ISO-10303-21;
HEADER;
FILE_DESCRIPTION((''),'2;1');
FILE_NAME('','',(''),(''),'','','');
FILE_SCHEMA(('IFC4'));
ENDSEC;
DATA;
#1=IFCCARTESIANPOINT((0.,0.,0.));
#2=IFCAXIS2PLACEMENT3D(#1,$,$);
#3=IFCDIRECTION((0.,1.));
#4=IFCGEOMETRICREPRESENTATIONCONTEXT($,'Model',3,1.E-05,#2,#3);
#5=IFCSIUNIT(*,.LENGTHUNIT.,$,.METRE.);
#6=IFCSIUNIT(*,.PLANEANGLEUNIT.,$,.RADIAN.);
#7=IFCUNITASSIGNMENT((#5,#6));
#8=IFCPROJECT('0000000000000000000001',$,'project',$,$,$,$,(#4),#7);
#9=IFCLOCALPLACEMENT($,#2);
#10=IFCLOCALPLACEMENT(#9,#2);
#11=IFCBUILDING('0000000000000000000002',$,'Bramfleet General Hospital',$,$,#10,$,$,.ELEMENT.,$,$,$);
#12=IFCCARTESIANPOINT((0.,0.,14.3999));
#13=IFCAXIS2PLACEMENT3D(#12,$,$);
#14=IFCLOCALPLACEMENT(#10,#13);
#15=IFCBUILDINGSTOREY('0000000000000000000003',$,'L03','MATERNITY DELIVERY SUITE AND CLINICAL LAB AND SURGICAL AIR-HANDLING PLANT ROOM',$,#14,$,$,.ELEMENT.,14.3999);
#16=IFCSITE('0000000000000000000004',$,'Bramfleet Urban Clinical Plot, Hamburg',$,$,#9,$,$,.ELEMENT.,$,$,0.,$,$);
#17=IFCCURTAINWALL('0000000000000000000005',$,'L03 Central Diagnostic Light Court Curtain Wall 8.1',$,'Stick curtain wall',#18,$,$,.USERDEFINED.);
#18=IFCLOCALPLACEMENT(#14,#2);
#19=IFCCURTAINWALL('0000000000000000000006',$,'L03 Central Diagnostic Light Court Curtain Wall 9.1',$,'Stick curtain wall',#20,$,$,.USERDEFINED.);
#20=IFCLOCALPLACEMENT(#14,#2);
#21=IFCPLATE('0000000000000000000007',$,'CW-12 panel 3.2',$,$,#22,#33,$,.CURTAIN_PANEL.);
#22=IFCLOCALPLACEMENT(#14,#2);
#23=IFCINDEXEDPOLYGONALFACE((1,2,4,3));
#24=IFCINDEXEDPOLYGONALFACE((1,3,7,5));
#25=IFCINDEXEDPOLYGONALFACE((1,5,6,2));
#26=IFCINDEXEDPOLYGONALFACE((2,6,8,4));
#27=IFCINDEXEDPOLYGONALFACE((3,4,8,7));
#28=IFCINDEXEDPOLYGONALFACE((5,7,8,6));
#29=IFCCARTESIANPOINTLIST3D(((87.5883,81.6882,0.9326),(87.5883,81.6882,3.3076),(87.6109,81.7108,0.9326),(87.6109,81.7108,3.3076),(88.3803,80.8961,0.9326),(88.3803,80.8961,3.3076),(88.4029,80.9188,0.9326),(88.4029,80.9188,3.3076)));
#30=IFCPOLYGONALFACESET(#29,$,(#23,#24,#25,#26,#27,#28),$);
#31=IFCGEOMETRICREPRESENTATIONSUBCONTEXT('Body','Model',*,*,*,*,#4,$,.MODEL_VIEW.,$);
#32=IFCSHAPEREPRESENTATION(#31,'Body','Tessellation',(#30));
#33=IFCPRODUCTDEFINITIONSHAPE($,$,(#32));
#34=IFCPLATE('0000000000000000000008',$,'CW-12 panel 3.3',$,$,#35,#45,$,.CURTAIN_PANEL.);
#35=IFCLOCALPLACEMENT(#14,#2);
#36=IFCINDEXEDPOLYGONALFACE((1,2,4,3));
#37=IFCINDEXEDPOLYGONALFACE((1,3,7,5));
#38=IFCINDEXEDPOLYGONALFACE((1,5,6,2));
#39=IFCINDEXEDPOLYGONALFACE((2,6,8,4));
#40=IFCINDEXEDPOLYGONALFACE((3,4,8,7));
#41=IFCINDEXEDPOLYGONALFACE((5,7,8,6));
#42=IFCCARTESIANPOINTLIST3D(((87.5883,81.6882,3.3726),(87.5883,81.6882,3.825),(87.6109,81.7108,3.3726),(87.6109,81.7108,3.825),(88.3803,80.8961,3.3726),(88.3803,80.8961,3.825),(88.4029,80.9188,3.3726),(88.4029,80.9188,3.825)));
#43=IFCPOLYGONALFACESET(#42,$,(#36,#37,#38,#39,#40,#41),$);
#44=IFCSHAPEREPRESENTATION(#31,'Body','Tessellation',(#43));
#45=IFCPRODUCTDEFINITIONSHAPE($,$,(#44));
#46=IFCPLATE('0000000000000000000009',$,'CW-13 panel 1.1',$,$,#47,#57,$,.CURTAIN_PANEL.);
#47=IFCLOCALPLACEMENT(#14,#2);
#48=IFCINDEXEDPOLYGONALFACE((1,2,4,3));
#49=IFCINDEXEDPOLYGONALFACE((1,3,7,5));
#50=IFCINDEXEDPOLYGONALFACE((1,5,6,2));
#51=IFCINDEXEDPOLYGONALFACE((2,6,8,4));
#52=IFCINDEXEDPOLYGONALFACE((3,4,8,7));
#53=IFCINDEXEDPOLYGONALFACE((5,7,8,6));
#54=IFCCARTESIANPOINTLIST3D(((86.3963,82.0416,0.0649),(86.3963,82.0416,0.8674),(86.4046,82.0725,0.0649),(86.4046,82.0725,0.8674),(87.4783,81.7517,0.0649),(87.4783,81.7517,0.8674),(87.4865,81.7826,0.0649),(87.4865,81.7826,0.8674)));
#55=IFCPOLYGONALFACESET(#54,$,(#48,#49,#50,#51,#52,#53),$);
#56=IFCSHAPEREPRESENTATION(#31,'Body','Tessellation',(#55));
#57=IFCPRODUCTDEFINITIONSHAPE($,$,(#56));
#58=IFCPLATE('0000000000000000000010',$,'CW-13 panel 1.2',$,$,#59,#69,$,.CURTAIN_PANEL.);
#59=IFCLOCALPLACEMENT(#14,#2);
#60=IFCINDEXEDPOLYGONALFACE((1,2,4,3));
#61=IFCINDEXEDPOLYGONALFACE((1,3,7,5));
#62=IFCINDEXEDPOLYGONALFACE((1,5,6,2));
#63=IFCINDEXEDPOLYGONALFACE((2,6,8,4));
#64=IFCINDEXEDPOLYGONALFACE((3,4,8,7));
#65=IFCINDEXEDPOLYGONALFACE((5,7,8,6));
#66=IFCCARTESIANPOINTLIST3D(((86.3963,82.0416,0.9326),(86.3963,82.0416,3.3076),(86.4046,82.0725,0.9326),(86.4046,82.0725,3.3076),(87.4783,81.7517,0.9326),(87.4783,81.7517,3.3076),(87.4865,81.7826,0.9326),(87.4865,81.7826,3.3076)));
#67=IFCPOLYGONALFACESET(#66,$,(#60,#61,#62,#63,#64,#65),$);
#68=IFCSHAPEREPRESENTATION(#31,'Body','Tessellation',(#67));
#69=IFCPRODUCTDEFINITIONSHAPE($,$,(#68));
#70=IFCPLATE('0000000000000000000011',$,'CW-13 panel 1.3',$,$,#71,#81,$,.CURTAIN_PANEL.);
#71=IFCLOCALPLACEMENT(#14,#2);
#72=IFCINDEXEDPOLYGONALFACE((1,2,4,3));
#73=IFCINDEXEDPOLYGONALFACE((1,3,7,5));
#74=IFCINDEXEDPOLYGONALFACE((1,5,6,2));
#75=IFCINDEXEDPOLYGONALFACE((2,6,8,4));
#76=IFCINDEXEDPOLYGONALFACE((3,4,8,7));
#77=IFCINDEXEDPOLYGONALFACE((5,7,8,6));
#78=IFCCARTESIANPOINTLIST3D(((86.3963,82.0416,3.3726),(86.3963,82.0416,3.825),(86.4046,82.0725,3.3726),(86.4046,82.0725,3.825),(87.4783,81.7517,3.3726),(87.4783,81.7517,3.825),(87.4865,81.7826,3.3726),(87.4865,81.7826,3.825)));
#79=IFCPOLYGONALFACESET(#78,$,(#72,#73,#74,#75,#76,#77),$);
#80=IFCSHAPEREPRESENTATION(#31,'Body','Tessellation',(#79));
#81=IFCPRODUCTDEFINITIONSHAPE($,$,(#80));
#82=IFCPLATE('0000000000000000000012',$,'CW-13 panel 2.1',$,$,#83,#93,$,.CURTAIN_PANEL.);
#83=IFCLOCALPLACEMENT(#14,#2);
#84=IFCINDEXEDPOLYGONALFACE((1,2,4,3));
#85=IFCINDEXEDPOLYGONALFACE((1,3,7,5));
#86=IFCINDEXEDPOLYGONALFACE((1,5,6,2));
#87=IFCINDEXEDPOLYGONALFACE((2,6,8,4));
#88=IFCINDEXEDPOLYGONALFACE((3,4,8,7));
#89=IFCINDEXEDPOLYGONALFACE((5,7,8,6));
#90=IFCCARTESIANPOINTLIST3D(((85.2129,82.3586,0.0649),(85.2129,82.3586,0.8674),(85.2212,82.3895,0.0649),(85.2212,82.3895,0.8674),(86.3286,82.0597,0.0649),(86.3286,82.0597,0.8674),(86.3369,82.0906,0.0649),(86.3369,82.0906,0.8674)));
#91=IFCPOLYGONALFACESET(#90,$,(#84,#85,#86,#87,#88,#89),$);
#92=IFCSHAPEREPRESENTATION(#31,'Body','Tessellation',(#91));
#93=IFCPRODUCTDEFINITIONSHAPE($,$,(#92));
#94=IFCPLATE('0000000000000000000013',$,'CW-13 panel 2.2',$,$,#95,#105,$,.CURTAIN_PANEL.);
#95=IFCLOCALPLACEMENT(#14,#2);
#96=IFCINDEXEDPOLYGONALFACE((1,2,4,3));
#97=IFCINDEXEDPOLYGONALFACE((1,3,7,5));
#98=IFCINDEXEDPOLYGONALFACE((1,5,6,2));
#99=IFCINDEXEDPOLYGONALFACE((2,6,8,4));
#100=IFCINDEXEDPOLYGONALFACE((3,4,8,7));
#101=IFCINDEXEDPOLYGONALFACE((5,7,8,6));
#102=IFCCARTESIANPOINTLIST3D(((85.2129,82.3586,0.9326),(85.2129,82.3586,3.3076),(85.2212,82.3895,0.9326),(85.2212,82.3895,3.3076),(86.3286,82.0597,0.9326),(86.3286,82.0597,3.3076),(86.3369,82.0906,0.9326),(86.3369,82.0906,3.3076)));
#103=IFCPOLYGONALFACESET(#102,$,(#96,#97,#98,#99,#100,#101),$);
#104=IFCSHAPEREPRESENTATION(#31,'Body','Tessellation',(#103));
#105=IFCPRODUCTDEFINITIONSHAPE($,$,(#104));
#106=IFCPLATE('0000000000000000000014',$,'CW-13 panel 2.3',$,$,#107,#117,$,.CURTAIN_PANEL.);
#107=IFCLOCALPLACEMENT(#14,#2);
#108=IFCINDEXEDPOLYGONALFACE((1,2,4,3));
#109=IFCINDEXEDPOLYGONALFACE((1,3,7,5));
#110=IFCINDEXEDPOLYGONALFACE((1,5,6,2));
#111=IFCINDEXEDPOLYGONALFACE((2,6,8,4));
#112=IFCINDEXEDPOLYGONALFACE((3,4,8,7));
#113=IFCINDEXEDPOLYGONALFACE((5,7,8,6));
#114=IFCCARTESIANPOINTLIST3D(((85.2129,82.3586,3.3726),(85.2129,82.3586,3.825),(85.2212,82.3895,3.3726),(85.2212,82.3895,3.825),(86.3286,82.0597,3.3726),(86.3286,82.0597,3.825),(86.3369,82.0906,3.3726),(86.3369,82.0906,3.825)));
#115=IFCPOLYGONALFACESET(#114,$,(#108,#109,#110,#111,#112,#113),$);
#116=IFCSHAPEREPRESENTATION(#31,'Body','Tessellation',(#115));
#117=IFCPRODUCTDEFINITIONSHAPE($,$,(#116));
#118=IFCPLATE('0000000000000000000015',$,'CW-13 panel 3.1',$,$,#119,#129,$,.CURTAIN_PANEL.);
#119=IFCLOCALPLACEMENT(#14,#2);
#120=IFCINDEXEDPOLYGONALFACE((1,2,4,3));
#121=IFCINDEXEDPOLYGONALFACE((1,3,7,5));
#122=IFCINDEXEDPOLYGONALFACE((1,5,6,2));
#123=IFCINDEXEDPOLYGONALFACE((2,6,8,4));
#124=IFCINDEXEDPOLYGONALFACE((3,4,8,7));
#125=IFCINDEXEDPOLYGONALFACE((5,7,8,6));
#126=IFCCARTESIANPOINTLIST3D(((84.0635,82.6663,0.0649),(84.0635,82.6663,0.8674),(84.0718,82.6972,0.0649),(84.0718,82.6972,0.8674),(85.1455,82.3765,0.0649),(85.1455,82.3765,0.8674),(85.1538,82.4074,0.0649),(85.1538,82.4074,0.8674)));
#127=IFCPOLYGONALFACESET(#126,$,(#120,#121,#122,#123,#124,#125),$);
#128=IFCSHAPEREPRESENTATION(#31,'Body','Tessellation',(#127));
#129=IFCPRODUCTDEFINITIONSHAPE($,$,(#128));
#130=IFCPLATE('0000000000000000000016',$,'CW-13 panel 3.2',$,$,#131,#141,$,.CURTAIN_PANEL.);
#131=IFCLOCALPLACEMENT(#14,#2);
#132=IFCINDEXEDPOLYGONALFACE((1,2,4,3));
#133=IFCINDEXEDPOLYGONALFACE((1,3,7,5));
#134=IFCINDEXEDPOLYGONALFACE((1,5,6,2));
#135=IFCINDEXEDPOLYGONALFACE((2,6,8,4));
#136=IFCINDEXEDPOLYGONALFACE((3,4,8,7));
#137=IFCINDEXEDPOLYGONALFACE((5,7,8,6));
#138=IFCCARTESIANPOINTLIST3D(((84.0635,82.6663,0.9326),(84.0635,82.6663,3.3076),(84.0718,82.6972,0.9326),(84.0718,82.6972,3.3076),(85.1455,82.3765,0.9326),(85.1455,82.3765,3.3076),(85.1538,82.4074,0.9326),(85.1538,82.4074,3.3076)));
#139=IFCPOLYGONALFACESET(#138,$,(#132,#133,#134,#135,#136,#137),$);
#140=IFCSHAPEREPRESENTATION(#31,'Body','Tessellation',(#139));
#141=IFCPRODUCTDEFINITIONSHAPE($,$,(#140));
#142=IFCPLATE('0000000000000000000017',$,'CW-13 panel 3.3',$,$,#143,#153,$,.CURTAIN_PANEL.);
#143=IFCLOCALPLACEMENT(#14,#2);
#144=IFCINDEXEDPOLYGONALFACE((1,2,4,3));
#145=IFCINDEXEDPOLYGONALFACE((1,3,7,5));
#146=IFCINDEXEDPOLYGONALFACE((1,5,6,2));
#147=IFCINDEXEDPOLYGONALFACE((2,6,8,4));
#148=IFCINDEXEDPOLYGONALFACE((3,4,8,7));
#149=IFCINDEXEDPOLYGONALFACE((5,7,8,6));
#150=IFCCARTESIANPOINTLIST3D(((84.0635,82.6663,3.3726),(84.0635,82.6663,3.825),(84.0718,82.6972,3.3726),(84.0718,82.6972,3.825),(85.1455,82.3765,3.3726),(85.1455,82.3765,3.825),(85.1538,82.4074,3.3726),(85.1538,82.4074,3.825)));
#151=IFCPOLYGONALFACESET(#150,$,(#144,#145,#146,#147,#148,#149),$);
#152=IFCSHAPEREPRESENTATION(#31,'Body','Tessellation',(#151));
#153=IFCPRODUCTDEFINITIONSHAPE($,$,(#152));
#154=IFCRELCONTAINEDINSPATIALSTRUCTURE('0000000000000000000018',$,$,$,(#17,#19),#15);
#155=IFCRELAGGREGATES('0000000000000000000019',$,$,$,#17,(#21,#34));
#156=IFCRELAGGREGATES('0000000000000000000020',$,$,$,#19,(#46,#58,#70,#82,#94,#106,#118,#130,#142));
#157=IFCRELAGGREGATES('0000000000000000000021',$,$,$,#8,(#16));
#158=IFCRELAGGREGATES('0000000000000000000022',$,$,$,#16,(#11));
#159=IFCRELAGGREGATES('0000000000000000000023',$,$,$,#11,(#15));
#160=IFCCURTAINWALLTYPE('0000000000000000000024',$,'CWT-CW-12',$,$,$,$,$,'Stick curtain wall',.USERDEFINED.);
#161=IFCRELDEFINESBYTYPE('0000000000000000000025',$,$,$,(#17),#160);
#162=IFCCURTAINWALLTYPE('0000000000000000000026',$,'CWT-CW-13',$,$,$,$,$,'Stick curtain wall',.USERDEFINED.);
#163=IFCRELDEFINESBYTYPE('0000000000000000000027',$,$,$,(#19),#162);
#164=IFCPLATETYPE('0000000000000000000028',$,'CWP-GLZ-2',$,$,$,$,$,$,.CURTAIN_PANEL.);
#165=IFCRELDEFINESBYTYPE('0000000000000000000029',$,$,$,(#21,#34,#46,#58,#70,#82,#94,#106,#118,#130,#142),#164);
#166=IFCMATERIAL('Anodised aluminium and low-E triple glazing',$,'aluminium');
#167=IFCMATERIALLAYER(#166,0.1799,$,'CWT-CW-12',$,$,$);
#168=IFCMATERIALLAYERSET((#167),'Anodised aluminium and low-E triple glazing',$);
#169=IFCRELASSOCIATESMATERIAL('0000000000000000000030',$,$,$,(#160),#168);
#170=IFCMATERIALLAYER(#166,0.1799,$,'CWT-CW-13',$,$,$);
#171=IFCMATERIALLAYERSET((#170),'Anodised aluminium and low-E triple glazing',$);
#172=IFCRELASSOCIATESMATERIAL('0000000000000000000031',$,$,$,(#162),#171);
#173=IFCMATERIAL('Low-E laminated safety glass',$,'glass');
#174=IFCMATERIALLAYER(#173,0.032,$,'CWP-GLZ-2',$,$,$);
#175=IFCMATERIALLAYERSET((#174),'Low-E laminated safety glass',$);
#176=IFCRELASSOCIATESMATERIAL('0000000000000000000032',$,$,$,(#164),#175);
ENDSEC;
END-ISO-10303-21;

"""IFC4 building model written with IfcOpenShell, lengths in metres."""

from ifc_helpers import new_model, si_unit, direction, frame, origin, origin_2d, place, context, subcontext, project, spatial, rectangle, extrude, material, layer, layer_set, type_object, element, aggregate, save


model = new_model("IFC4")

# Units and contexts
model_context = context("Model", 3, precision=1e-05, world=origin(), true_north=direction((0.0, 1.0)))
body_context = subcontext(model_context, "Body", "Model", "MODEL_VIEW")
ifc_project = project(units=[si_unit("LENGTHUNIT", "METRE"), si_unit("PLANEANGLEUNIT", "RADIAN")], contexts=[model_context])

# Site, building, storey
site_placement = place(None, origin())
site = spatial("IfcSite", under=ifc_project, at=site_placement, Name="Bramfleet Urban Clinical Plot, Hamburg", CompositionType="ELEMENT", RefElevation=0.0)
building_placement = place(site_placement, origin())
building = spatial("IfcBuilding", under=site, at=building_placement, Name="Bramfleet General Hospital", CompositionType="ELEMENT")
storey_placement = place(building_placement, frame((0.0, 0.0, 14.3999)))
storey = spatial("IfcBuildingStorey", under=building, at=storey_placement, Name="L03", Description="MATERNITY DELIVERY SUITE AND CLINICAL LAB AND SURGICAL AIR-HANDLING PLANT ROOM", CompositionType="ELEMENT", Elevation=14.3999)

# Curtain wall
ifc_material_1 = material(Name="Anodised aluminium and low-E triple glazing", Category="aluminium")
ifc_layer_1 = layer(ifc_material_1, 0.1799, Name="CWT-CW-12")
ifc_layer_set_1 = layer_set([ifc_layer_1], Name="Anodised aluminium and low-E triple glazing")
curtain_wall_type_1 = type_object("IfcCurtainWallType", Name="CWT-CW-12", ElementType="Stick curtain wall", PredefinedType="USERDEFINED", material=ifc_layer_set_1)
curtain_wall_1_placement = place(storey_placement, origin())
curtain_wall_1 = element("IfcCurtainWall", 1, at=curtain_wall_1_placement, inside=storey, type_object=curtain_wall_type_1, Name="L03 Central Diagnostic Light Court Curtain Wall 8.1", ObjectType="Stick curtain wall", PredefinedType="USERDEFINED")

# Curtain wall
ifc_layer_2 = layer(ifc_material_1, 0.1799, Name="CWT-CW-13")
ifc_layer_set_2 = layer_set([ifc_layer_2], Name="Anodised aluminium and low-E triple glazing")
curtain_wall_type_2 = type_object("IfcCurtainWallType", Name="CWT-CW-13", ElementType="Stick curtain wall", PredefinedType="USERDEFINED", material=ifc_layer_set_2)
curtain_wall_2_placement = place(storey_placement, origin())
curtain_wall_2 = element("IfcCurtainWall", 2, at=curtain_wall_2_placement, inside=storey, type_object=curtain_wall_type_2, Name="L03 Central Diagnostic Light Court Curtain Wall 9.1", ObjectType="Stick curtain wall", PredefinedType="USERDEFINED")

# Plates
ifc_material_2 = material(Name="Low-E laminated safety glass", Category="glass")
ifc_layer_3 = layer(ifc_material_2, 0.032, Name="CWP-GLZ-2")
ifc_layer_set_3 = layer_set([ifc_layer_3], Name="Low-E laminated safety glass")
plate_type = type_object("IfcPlateType", Name="CWP-GLZ-2", PredefinedType="CURTAIN_PANEL", material=ifc_layer_set_3)
plate_1_placement = place(storey_placement, frame((87.9956, 81.3035, 0.9326), z_axis=(0.0, 0.0, 1.0), x_axis=(-0.707107, 0.707107, 0.0)))
plate_1 = element("IfcPlate", 3, at=plate_1_placement, type_object=plate_type, Name="CW-12 panel 3.2", PredefinedType="CURTAIN_PANEL", context=body_context, shape_type="SweptSolid", body=[
    extrude(rectangle(XDim=1.1201, YDim=0.032, at=origin_2d()), origin(), (0.0, 0.0, 1.0), 2.375),
])
plate_2_placement = place(storey_placement, frame((87.9956, 81.3035, 3.3726), z_axis=(0.0, 0.0, 1.0), x_axis=(-0.707107, 0.707107, 0.0)))
plate_2 = element("IfcPlate", 4, at=plate_2_placement, type_object=plate_type, Name="CW-12 panel 3.3", PredefinedType="CURTAIN_PANEL", context=body_context, shape_type="SweptSolid", body=[
    extrude(rectangle(XDim=1.1201, YDim=0.032, at=origin_2d()), origin(), (0.0, 0.0, 1.0), 0.4524),
])
aggregate(curtain_wall_1, [plate_1, plate_2])
plate_3_placement = place(storey_placement, frame((86.9414, 81.9121, 0.0649), z_axis=(0.0, 0.0, 1.0), x_axis=(-0.965941, 0.258763, 0.0)))
plate_3 = element("IfcPlate", 5, at=plate_3_placement, type_object=plate_type, Name="CW-13 panel 1.1", PredefinedType="CURTAIN_PANEL", context=body_context, shape_type="SweptSolid", body=[
    extrude(rectangle(XDim=1.1201, YDim=0.032, at=origin_2d()), origin(), (0.0, 0.0, 1.0), 0.8025),
])
plate_4_placement = place(storey_placement, frame((86.9414, 81.9121, 0.9326), z_axis=(0.0, 0.0, 1.0), x_axis=(-0.965941, 0.258763, 0.0)))
plate_4 = element("IfcPlate", 6, at=plate_4_placement, type_object=plate_type, Name="CW-13 panel 1.2", PredefinedType="CURTAIN_PANEL", context=body_context, shape_type="SweptSolid", body=[
    extrude(rectangle(XDim=1.1201, YDim=0.032, at=origin_2d()), origin(), (0.0, 0.0, 1.0), 2.375),
])
plate_5_placement = place(storey_placement, frame((86.9414, 81.9121, 3.3726), z_axis=(0.0, 0.0, 1.0), x_axis=(-0.965941, 0.258763, 0.0)))
plate_5 = element("IfcPlate", 7, at=plate_5_placement, type_object=plate_type, Name="CW-13 panel 1.3", PredefinedType="CURTAIN_PANEL", context=body_context, shape_type="SweptSolid", body=[
    extrude(rectangle(XDim=1.1201, YDim=0.032, at=origin_2d()), origin(), (0.0, 0.0, 1.0), 0.4524),
])
plate_6_placement = place(storey_placement, frame((85.7749, 82.2246, 0.0649), z_axis=(0.0, 0.0, 1.0), x_axis=(-0.965941, 0.258763, 0.0)))
plate_6 = element("IfcPlate", 8, at=plate_6_placement, type_object=plate_type, Name="CW-13 panel 2.1", PredefinedType="CURTAIN_PANEL", context=body_context, shape_type="SweptSolid", body=[
    extrude(rectangle(XDim=1.155, YDim=0.032, at=origin_2d()), origin(), (0.0, 0.0, 1.0), 0.8025),
])
plate_7_placement = place(storey_placement, frame((85.7749, 82.2246, 0.9326), z_axis=(0.0, 0.0, 1.0), x_axis=(-0.965941, 0.258763, 0.0)))
plate_7 = element("IfcPlate", 9, at=plate_7_placement, type_object=plate_type, Name="CW-13 panel 2.2", PredefinedType="CURTAIN_PANEL", context=body_context, shape_type="SweptSolid", body=[
    extrude(rectangle(XDim=1.155, YDim=0.032, at=origin_2d()), origin(), (0.0, 0.0, 1.0), 2.375),
])
plate_8_placement = place(storey_placement, frame((85.7749, 82.2246, 3.3726), z_axis=(0.0, 0.0, 1.0), x_axis=(-0.965941, 0.258763, 0.0)))
plate_8 = element("IfcPlate", 10, at=plate_8_placement, type_object=plate_type, Name="CW-13 panel 2.3", PredefinedType="CURTAIN_PANEL", context=body_context, shape_type="SweptSolid", body=[
    extrude(rectangle(XDim=1.155, YDim=0.032, at=origin_2d()), origin(), (0.0, 0.0, 1.0), 0.4524),
])
plate_9_placement = place(storey_placement, frame((84.6086, 82.5369, 0.0649), z_axis=(0.0, 0.0, 1.0), x_axis=(-0.965941, 0.258763, 0.0)))
plate_9 = element("IfcPlate", 11, at=plate_9_placement, type_object=plate_type, Name="CW-13 panel 3.1", PredefinedType="CURTAIN_PANEL", context=body_context, shape_type="SweptSolid", body=[
    extrude(rectangle(XDim=1.1201, YDim=0.032, at=origin_2d()), origin(), (0.0, 0.0, 1.0), 0.8025),
])
plate_10_placement = place(storey_placement, frame((84.6086, 82.5369, 0.9326), z_axis=(0.0, 0.0, 1.0), x_axis=(-0.965941, 0.258763, 0.0)))
plate_10 = element("IfcPlate", 12, at=plate_10_placement, type_object=plate_type, Name="CW-13 panel 3.2", PredefinedType="CURTAIN_PANEL", context=body_context, shape_type="SweptSolid", body=[
    extrude(rectangle(XDim=1.1201, YDim=0.032, at=origin_2d()), origin(), (0.0, 0.0, 1.0), 2.375),
])
plate_11_placement = place(storey_placement, frame((84.6086, 82.5369, 3.3726), z_axis=(0.0, 0.0, 1.0), x_axis=(-0.965941, 0.258763, 0.0)))
plate_11 = element("IfcPlate", 13, at=plate_11_placement, type_object=plate_type, Name="CW-13 panel 3.3", PredefinedType="CURTAIN_PANEL", context=body_context, shape_type="SweptSolid", body=[
    extrude(rectangle(XDim=1.1201, YDim=0.032, at=origin_2d()), origin(), (0.0, 0.0, 1.0), 0.4524),
])
aggregate(curtain_wall_2, [plate_3, plate_4, plate_5, plate_6, plate_7, plate_8, plate_9, plate_10, plate_11])

save(model, "model.ifc")
